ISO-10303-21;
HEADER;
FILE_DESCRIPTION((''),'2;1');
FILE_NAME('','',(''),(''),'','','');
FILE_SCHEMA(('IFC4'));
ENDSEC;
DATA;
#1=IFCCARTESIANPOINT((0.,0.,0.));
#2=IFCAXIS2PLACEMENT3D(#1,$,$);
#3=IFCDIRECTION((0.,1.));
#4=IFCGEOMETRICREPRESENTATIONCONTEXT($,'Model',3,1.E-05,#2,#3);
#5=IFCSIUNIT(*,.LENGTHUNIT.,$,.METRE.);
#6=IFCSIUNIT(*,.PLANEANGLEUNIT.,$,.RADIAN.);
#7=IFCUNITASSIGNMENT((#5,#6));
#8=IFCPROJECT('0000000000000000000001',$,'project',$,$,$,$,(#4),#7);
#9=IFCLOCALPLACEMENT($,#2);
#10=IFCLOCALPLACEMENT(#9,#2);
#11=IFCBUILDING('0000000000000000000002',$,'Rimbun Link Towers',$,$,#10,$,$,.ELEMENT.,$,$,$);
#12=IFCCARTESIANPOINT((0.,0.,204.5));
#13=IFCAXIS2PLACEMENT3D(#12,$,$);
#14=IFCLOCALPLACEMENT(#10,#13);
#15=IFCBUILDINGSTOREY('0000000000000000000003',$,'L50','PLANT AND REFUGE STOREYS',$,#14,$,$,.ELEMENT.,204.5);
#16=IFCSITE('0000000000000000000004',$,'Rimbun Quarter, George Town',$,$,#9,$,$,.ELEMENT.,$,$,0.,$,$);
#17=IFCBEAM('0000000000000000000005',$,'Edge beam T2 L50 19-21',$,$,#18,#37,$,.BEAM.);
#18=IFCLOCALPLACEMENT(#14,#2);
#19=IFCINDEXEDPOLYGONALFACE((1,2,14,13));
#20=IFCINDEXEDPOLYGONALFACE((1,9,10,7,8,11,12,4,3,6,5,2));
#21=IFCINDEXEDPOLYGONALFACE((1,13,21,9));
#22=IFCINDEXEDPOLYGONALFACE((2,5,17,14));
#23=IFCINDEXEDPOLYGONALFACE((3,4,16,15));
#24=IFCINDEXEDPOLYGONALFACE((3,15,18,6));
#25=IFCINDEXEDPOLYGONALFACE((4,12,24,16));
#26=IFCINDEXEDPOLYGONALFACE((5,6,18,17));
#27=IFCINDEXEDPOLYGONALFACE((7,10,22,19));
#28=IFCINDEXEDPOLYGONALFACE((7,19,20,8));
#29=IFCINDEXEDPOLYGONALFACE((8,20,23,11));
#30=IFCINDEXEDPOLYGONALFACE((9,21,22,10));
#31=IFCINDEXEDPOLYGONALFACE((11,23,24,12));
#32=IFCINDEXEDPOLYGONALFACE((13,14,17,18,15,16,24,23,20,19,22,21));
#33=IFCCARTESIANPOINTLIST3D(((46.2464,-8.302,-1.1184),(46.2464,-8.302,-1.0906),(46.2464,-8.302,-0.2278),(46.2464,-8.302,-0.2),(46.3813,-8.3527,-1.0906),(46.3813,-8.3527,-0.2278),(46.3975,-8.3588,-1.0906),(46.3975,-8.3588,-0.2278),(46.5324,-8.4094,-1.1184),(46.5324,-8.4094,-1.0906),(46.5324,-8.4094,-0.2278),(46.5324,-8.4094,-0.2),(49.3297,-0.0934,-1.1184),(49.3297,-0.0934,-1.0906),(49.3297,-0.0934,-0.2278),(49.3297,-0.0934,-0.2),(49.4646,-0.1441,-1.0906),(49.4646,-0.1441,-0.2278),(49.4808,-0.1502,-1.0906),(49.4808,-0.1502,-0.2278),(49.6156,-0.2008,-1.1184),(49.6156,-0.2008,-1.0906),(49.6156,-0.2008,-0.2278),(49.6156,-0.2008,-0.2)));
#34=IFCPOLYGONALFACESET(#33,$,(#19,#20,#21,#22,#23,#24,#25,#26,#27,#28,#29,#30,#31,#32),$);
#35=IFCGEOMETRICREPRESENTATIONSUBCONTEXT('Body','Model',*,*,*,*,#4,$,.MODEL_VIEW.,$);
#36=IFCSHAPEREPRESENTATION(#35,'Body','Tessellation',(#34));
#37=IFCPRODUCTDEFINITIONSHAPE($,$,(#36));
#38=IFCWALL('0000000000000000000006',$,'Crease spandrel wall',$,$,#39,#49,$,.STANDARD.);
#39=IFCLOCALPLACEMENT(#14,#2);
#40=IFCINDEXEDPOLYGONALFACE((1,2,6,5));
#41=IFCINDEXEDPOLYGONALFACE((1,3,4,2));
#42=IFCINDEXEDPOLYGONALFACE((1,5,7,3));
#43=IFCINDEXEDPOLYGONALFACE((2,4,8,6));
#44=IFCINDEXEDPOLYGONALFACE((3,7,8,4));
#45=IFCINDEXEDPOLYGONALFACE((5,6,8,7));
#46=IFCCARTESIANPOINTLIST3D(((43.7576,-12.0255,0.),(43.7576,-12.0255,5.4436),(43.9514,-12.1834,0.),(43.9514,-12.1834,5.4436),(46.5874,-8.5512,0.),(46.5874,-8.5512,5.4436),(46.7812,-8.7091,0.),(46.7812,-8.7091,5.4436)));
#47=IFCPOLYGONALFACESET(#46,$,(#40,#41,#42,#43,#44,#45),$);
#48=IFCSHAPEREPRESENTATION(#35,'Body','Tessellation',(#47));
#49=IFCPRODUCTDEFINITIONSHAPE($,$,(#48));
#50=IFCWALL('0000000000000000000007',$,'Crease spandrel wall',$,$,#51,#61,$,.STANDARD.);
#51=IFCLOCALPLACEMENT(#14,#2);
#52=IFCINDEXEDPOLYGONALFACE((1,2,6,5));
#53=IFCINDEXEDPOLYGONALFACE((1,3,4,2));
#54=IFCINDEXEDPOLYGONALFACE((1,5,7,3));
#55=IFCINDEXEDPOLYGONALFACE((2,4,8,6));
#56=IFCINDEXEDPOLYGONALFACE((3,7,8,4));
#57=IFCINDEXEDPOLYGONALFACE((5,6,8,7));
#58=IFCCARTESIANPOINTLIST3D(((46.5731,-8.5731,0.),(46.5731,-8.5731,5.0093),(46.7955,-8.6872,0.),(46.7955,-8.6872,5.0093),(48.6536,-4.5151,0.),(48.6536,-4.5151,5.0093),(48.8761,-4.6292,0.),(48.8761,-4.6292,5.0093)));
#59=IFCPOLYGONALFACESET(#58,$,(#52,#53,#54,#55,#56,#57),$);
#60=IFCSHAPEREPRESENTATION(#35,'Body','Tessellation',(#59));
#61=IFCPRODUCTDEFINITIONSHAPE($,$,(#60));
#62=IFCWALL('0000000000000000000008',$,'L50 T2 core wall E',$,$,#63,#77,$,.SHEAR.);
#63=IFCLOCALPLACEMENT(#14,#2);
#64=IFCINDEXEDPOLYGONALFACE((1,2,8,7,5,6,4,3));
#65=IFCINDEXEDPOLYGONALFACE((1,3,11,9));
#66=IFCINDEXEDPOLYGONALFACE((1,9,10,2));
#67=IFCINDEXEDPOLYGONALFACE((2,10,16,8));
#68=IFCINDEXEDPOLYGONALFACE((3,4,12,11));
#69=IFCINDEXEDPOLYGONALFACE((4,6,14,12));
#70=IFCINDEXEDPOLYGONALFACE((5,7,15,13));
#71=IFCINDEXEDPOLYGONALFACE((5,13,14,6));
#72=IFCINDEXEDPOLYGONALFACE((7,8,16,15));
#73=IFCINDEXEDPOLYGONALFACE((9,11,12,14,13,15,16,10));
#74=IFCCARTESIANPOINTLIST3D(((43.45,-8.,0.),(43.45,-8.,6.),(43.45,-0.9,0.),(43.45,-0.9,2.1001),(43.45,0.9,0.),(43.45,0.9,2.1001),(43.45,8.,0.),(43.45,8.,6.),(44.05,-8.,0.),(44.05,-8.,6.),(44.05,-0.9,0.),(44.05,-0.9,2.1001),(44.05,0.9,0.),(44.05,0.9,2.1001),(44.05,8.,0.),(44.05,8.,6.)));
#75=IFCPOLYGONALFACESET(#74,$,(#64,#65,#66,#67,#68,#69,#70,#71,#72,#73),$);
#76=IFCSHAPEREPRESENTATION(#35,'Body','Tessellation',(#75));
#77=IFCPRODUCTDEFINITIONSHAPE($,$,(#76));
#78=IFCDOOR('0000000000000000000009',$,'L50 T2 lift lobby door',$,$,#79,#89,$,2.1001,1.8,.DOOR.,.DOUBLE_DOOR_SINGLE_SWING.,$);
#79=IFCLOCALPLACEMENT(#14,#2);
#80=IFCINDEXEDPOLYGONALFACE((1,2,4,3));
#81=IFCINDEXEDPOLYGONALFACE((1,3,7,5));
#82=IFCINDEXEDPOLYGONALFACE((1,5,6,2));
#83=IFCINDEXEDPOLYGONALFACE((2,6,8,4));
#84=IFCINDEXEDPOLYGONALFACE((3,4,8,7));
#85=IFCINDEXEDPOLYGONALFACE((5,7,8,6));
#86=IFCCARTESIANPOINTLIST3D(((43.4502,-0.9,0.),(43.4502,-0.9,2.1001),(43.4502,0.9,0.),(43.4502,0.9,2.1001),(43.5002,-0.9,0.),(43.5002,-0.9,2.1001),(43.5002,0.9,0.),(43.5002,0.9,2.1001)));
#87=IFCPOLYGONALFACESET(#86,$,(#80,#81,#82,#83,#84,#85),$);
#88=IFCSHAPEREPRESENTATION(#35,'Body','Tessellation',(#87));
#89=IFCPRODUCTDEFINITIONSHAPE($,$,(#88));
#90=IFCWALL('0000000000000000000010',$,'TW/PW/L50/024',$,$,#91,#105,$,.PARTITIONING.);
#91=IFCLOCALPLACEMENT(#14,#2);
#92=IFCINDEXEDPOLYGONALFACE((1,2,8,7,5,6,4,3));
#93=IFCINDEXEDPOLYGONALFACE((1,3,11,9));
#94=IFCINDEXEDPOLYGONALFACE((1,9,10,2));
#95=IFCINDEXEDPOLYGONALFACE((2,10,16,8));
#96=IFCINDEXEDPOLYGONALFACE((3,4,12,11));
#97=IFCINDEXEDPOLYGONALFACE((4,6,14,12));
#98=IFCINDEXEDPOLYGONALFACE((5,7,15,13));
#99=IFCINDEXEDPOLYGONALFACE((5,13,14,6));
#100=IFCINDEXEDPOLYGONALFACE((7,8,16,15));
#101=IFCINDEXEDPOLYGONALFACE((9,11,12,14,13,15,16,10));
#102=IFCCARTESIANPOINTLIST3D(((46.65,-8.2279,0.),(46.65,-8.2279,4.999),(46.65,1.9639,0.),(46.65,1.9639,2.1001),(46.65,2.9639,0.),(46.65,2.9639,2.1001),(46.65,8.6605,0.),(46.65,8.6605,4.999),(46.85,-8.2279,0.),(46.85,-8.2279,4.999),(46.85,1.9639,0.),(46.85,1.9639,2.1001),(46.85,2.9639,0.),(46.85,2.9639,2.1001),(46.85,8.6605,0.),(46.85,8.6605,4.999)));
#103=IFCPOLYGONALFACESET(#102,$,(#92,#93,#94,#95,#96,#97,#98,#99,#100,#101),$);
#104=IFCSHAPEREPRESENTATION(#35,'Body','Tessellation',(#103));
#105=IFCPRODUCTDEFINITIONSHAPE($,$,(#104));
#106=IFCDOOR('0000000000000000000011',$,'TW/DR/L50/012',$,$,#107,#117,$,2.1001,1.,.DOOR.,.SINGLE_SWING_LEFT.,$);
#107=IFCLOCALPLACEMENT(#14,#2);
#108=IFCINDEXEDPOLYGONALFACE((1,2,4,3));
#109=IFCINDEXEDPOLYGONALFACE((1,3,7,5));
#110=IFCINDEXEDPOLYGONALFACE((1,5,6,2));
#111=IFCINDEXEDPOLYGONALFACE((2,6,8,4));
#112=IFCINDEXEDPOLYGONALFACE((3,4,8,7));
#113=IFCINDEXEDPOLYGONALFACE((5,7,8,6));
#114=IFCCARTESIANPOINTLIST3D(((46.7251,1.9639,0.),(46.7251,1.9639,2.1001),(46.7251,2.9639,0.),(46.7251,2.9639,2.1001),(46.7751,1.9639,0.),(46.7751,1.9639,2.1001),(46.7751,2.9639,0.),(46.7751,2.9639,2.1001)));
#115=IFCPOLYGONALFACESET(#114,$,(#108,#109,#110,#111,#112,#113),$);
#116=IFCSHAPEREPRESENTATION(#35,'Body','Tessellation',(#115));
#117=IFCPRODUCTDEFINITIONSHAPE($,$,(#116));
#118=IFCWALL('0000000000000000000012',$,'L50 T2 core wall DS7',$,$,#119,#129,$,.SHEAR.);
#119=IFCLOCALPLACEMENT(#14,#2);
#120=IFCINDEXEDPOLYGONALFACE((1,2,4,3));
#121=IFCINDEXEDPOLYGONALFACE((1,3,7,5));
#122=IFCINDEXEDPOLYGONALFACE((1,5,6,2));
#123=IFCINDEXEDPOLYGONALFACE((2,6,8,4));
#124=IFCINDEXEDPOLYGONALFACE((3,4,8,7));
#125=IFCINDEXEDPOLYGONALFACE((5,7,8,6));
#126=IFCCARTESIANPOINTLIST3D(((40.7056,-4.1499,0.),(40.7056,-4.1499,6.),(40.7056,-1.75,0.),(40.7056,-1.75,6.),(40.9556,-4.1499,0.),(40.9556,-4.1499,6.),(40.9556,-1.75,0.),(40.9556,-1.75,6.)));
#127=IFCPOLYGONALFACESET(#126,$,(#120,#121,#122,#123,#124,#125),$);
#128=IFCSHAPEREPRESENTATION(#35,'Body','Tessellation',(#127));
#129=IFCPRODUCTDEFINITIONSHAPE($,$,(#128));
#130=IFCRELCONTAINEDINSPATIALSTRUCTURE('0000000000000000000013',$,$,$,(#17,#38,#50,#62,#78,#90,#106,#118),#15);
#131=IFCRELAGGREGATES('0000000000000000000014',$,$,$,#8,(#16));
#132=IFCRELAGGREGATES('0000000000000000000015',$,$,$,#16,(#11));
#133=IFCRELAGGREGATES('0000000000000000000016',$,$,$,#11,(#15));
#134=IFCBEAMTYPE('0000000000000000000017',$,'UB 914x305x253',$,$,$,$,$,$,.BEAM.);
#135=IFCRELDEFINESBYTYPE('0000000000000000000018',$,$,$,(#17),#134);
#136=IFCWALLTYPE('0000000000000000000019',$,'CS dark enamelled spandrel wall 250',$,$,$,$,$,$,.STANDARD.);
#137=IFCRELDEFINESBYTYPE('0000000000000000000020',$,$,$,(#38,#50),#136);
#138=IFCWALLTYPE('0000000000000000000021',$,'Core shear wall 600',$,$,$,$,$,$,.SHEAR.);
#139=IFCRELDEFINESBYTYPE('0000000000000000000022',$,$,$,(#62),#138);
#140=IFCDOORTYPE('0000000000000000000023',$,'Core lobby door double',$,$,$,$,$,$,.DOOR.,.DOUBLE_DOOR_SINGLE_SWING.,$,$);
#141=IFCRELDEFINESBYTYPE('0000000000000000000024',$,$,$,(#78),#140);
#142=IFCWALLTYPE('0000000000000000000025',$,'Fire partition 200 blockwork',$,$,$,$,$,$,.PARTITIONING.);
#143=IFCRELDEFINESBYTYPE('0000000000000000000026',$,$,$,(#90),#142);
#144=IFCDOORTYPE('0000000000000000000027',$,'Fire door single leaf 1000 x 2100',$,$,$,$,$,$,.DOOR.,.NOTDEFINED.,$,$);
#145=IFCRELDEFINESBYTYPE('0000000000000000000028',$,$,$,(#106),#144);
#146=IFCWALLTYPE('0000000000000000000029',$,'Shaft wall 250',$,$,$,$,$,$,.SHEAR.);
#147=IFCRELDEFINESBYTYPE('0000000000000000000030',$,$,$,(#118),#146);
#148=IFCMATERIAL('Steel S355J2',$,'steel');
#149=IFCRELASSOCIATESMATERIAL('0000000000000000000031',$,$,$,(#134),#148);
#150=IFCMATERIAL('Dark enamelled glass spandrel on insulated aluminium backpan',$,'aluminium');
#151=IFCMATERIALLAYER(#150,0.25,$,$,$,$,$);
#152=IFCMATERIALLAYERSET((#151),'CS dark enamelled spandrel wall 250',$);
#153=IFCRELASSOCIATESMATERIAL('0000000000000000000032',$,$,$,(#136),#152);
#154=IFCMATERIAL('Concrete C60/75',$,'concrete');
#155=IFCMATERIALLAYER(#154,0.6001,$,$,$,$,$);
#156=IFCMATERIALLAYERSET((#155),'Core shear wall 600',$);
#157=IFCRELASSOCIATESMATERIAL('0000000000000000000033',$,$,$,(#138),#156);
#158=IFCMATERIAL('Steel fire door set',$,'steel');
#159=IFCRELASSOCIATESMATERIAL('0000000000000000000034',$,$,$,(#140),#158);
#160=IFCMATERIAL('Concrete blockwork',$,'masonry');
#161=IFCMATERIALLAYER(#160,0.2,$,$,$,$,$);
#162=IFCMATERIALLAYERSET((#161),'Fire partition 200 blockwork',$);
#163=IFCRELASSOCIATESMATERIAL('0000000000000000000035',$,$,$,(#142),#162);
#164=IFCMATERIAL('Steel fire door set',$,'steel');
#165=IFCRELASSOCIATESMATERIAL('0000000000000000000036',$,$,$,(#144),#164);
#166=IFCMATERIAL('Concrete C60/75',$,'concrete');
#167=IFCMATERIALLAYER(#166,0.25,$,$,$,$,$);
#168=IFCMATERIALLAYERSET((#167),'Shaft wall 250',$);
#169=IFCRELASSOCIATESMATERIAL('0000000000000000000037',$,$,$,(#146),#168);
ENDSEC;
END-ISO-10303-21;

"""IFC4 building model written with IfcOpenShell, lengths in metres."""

from ifc_helpers import new_model, si_unit, direction, frame, frame_2d, origin, origin_2d, place, context, subcontext, project, spatial, rectangle, i_section, extrude, material, layer, layer_set, material_profile, profile_set, type_object, element, fill, save


model = new_model("IFC4")

# Units and contexts
model_context = context("Model", 3, precision=1e-05, world=origin(), true_north=direction((0.0, 1.0)))
body_context = subcontext(model_context, "Body", "Model", "MODEL_VIEW")
ifc_project = project(units=[si_unit("LENGTHUNIT", "METRE"), si_unit("PLANEANGLEUNIT", "RADIAN")], contexts=[model_context])

# Site, building, storey
site_placement = place(None, origin())
site = spatial("IfcSite", under=ifc_project, at=site_placement, Name="Rimbun Quarter, George Town", CompositionType="ELEMENT", RefElevation=0.0)
building_placement = place(site_placement, origin())
building = spatial("IfcBuilding", under=site, at=building_placement, Name="Rimbun Link Towers", CompositionType="ELEMENT")
storey_placement = place(building_placement, frame((0.0, 0.0, 204.5)))
storey = spatial("IfcBuildingStorey", under=building, at=storey_placement, Name="L50", Description="PLANT AND REFUGE STOREYS", CompositionType="ELEMENT", Elevation=204.5)

# Beam
ifc_material_1 = material(Name="Steel S355J2", Category="steel")
ifc_material_profile_1 = material_profile(ifc_material_1, i_section(OverallWidth=0.3054, OverallDepth=0.9185, WebThickness=0.0173, FlangeThickness=0.0278, at=origin_2d()), Name="UB 914x305x253")
ifc_profile_set_1 = profile_set([ifc_material_profile_1], Name="Steel S355J2")
beam_type_1 = type_object("IfcBeamType", Name="UB 914x305x253", PredefinedType="BEAM", material=ifc_profile_set_1)
beam_1_placement = place(storey_placement, frame((46.3894, -8.3557, -0.6592), z_axis=(0.35163, 0.936139, 0.0), x_axis=(-0.936139, 0.35163, 0.0)))
element("IfcBeam", 1, at=beam_1_placement, inside=storey, type_object=beam_type_1, Name="Edge beam T2 L50 19-21", PredefinedType="BEAM", context=body_context, shape_type="SweptSolid", body=[
    extrude(i_section(OverallWidth=0.3054, OverallDepth=0.9185, WebThickness=0.0173, FlangeThickness=0.0278, at=origin_2d()), origin(), (0.0, 0.0, 1.0), 8.7686),
])

# Walls
ifc_material_2 = material(Name="Dark enamelled glass spandrel on insulated aluminium backpan", Category="aluminium")
ifc_layer_1 = layer(ifc_material_2, 0.25)
ifc_layer_set_1 = layer_set([ifc_layer_1], Name="CS dark enamelled spandrel wall 250")
wall_type_1 = type_object("IfcWallType", Name="CS dark enamelled spandrel wall 250", PredefinedType="STANDARD", material=ifc_layer_set_1)
wall_1_placement = place(storey_placement, frame((46.6843, -8.6301, 0.0), z_axis=(0.0, 0.0, 1.0), x_axis=(-0.631521, -0.775358, 0.0)))
element("IfcWall", 2, at=wall_1_placement, inside=storey, type_object=wall_type_1, Name="Crease spandrel wall", PredefinedType="STANDARD", context=body_context, shape_type="SweptSolid", body=[
    extrude(rectangle(XDim=4.481, YDim=0.25, at=frame_2d((2.2405, 0.0))), origin(), (0.0, 0.0, 1.0), 5.4436),
])
wall_2_placement = place(storey_placement, frame((48.7649, -4.572, 0.0), z_axis=(0.0, 0.0, 1.0), x_axis=(-0.456228, -0.889863, 0.0)))
element("IfcWall", 3, at=wall_2_placement, inside=storey, type_object=wall_type_1, Name="Crease spandrel wall", PredefinedType="STANDARD", context=body_context, shape_type="SweptSolid", body=[
    extrude(rectangle(XDim=4.5603, YDim=0.25, at=frame_2d((2.2803, 0.0))), origin(), (0.0, 0.0, 1.0), 5.0093),
])

# Walls, openings, doors
ifc_material_3 = material(Name="Concrete C60/75", Category="concrete")
ifc_layer_2 = layer(ifc_material_3, 0.6001)
ifc_layer_set_2 = layer_set([ifc_layer_2], Name="Core shear wall 600")
wall_type_2 = type_object("IfcWallType", Name="Core shear wall 600", PredefinedType="SHEAR", material=ifc_layer_set_2)
wall_3_placement = place(storey_placement, frame((43.75, -8.0, 0.0), z_axis=(0.0, 0.0, 1.0), x_axis=(0.0, 1.0, 0.0)))
wall_3 = element("IfcWall", 4, at=wall_3_placement, inside=storey, type_object=wall_type_2, Name="L50 T2 core wall E", PredefinedType="SHEAR", context=body_context, shape_type="SweptSolid", body=[
    extrude(rectangle(XDim=16.0, YDim=0.6001, at=frame_2d((8.0, 0.0))), origin(), (0.0, 0.0, 1.0), 6.0),
])
opening_1_placement = place(wall_3_placement, frame((7.1001, 0.0, 0.0)))
opening_1 = element("IfcOpeningElement", 5, at=opening_1_placement, cuts=wall_3, PredefinedType="OPENING", context=body_context, shape_type="SweptSolid", body=[
    extrude(rectangle(XDim=1.8, YDim=2.1001, at=frame_2d((0.8999, 1.05))), frame((0.0, 0.3101, 0.0), z_axis=(0.0, -1.0, 0.0), x_axis=(1.0, 0.0, 0.0)), (0.0, 0.0, 1.0), 0.6201),
])
ifc_material_4 = material(Name="Steel fire door set", Category="steel")
door_type_1 = type_object("IfcDoorType", Name="Core lobby door double", OperationType="DOUBLE_DOOR_SINGLE_SWING", PredefinedType="DOOR", material=ifc_material_4)
door_1_placement = place(opening_1_placement, origin())
door_1 = element("IfcDoor", 6, at=door_1_placement, inside=storey, type_object=door_type_1, Name="L50 T2 lift lobby door", OperationType="DOUBLE_DOOR_SINGLE_SWING", OverallHeight=2.1001, OverallWidth=1.8, PredefinedType="DOOR", context=body_context, shape_type="SweptSolid", body=[
    extrude(rectangle(XDim=1.8, YDim=2.1001, at=frame_2d((0.8999, 1.05))), frame((0.0, 0.2998, 0.0), z_axis=(0.0, -1.0, 0.0), x_axis=(1.0, 0.0, 0.0)), (0.0, 0.0, 1.0), 0.05),
])
fill(opening_1, door_1)
ifc_material_5 = material(Name="Concrete blockwork", Category="masonry")
ifc_layer_3 = layer(ifc_material_5, 0.2)
ifc_layer_set_3 = layer_set([ifc_layer_3], Name="Fire partition 200 blockwork")
wall_type_3 = type_object("IfcWallType", Name="Fire partition 200 blockwork", PredefinedType="PARTITIONING", material=ifc_layer_set_3)
wall_4_placement = place(storey_placement, frame((46.75, -8.228, 0.0), z_axis=(0.0, 0.0, 1.0), x_axis=(0.0, 1.0, 0.0)))
wall_4 = element("IfcWall", 7, at=wall_4_placement, inside=storey, type_object=wall_type_3, Name="TW/PW/L50/024", PredefinedType="PARTITIONING", context=body_context, shape_type="SweptSolid", body=[
    extrude(rectangle(XDim=16.8884, YDim=0.2, at=frame_2d((8.4443, 0.0))), origin(), (0.0, 0.0, 1.0), 4.999),
])
opening_2_placement = place(wall_4_placement, frame((10.1919, 0.0, 0.0)))
opening_2 = element("IfcOpeningElement", 8, at=opening_2_placement, cuts=wall_4, PredefinedType="OPENING", context=body_context, shape_type="SweptSolid", body=[
    extrude(rectangle(XDim=1.0, YDim=2.1001, at=frame_2d((0.5, 1.05))), frame((0.0, 0.1099, 0.0), z_axis=(0.0, -1.0, 0.0), x_axis=(1.0, 0.0, 0.0)), (0.0, 0.0, 1.0), 0.22),
])
ifc_material_6 = material(Name="Steel fire door set", Category="steel")
door_type_2 = type_object("IfcDoorType", Name="Fire door single leaf 1000 x 2100", OperationType="NOTDEFINED", PredefinedType="DOOR", material=ifc_material_6)
door_2_placement = place(opening_2_placement, origin())
door_2 = element("IfcDoor", 9, at=door_2_placement, inside=storey, type_object=door_type_2, Name="TW/DR/L50/012", OperationType="SINGLE_SWING_LEFT", OverallHeight=2.1001, OverallWidth=1.0, PredefinedType="DOOR", context=body_context, shape_type="SweptSolid", body=[
    extrude(rectangle(XDim=1.0, YDim=2.1001, at=frame_2d((0.5, 1.05))), frame((0.0, 0.0249, 0.0), z_axis=(0.0, -1.0, 0.0), x_axis=(1.0, 0.0, 0.0)), (0.0, 0.0, 1.0), 0.05),
])
fill(opening_2, door_2)

# Wall
ifc_material_7 = material(Name="Concrete C60/75", Category="concrete")
ifc_layer_4 = layer(ifc_material_7, 0.25)
ifc_layer_set_4 = layer_set([ifc_layer_4], Name="Shaft wall 250")
wall_type_4 = type_object("IfcWallType", Name="Shaft wall 250", PredefinedType="SHEAR", material=ifc_layer_set_4)
wall_5_placement = place(storey_placement, frame((40.8306, -4.1499, 0.0), z_axis=(0.0, 0.0, 1.0), x_axis=(0.0, 1.0, 0.0)))
element("IfcWall", 10, at=wall_5_placement, inside=storey, type_object=wall_type_4, Name="L50 T2 core wall DS7", PredefinedType="SHEAR", context=body_context, shape_type="SweptSolid", body=[
    extrude(rectangle(XDim=2.3999, YDim=0.25, at=frame_2d((1.2, 0.0))), origin(), (0.0, 0.0, 1.0), 6.0),
])

save(model, "model.ifc")
